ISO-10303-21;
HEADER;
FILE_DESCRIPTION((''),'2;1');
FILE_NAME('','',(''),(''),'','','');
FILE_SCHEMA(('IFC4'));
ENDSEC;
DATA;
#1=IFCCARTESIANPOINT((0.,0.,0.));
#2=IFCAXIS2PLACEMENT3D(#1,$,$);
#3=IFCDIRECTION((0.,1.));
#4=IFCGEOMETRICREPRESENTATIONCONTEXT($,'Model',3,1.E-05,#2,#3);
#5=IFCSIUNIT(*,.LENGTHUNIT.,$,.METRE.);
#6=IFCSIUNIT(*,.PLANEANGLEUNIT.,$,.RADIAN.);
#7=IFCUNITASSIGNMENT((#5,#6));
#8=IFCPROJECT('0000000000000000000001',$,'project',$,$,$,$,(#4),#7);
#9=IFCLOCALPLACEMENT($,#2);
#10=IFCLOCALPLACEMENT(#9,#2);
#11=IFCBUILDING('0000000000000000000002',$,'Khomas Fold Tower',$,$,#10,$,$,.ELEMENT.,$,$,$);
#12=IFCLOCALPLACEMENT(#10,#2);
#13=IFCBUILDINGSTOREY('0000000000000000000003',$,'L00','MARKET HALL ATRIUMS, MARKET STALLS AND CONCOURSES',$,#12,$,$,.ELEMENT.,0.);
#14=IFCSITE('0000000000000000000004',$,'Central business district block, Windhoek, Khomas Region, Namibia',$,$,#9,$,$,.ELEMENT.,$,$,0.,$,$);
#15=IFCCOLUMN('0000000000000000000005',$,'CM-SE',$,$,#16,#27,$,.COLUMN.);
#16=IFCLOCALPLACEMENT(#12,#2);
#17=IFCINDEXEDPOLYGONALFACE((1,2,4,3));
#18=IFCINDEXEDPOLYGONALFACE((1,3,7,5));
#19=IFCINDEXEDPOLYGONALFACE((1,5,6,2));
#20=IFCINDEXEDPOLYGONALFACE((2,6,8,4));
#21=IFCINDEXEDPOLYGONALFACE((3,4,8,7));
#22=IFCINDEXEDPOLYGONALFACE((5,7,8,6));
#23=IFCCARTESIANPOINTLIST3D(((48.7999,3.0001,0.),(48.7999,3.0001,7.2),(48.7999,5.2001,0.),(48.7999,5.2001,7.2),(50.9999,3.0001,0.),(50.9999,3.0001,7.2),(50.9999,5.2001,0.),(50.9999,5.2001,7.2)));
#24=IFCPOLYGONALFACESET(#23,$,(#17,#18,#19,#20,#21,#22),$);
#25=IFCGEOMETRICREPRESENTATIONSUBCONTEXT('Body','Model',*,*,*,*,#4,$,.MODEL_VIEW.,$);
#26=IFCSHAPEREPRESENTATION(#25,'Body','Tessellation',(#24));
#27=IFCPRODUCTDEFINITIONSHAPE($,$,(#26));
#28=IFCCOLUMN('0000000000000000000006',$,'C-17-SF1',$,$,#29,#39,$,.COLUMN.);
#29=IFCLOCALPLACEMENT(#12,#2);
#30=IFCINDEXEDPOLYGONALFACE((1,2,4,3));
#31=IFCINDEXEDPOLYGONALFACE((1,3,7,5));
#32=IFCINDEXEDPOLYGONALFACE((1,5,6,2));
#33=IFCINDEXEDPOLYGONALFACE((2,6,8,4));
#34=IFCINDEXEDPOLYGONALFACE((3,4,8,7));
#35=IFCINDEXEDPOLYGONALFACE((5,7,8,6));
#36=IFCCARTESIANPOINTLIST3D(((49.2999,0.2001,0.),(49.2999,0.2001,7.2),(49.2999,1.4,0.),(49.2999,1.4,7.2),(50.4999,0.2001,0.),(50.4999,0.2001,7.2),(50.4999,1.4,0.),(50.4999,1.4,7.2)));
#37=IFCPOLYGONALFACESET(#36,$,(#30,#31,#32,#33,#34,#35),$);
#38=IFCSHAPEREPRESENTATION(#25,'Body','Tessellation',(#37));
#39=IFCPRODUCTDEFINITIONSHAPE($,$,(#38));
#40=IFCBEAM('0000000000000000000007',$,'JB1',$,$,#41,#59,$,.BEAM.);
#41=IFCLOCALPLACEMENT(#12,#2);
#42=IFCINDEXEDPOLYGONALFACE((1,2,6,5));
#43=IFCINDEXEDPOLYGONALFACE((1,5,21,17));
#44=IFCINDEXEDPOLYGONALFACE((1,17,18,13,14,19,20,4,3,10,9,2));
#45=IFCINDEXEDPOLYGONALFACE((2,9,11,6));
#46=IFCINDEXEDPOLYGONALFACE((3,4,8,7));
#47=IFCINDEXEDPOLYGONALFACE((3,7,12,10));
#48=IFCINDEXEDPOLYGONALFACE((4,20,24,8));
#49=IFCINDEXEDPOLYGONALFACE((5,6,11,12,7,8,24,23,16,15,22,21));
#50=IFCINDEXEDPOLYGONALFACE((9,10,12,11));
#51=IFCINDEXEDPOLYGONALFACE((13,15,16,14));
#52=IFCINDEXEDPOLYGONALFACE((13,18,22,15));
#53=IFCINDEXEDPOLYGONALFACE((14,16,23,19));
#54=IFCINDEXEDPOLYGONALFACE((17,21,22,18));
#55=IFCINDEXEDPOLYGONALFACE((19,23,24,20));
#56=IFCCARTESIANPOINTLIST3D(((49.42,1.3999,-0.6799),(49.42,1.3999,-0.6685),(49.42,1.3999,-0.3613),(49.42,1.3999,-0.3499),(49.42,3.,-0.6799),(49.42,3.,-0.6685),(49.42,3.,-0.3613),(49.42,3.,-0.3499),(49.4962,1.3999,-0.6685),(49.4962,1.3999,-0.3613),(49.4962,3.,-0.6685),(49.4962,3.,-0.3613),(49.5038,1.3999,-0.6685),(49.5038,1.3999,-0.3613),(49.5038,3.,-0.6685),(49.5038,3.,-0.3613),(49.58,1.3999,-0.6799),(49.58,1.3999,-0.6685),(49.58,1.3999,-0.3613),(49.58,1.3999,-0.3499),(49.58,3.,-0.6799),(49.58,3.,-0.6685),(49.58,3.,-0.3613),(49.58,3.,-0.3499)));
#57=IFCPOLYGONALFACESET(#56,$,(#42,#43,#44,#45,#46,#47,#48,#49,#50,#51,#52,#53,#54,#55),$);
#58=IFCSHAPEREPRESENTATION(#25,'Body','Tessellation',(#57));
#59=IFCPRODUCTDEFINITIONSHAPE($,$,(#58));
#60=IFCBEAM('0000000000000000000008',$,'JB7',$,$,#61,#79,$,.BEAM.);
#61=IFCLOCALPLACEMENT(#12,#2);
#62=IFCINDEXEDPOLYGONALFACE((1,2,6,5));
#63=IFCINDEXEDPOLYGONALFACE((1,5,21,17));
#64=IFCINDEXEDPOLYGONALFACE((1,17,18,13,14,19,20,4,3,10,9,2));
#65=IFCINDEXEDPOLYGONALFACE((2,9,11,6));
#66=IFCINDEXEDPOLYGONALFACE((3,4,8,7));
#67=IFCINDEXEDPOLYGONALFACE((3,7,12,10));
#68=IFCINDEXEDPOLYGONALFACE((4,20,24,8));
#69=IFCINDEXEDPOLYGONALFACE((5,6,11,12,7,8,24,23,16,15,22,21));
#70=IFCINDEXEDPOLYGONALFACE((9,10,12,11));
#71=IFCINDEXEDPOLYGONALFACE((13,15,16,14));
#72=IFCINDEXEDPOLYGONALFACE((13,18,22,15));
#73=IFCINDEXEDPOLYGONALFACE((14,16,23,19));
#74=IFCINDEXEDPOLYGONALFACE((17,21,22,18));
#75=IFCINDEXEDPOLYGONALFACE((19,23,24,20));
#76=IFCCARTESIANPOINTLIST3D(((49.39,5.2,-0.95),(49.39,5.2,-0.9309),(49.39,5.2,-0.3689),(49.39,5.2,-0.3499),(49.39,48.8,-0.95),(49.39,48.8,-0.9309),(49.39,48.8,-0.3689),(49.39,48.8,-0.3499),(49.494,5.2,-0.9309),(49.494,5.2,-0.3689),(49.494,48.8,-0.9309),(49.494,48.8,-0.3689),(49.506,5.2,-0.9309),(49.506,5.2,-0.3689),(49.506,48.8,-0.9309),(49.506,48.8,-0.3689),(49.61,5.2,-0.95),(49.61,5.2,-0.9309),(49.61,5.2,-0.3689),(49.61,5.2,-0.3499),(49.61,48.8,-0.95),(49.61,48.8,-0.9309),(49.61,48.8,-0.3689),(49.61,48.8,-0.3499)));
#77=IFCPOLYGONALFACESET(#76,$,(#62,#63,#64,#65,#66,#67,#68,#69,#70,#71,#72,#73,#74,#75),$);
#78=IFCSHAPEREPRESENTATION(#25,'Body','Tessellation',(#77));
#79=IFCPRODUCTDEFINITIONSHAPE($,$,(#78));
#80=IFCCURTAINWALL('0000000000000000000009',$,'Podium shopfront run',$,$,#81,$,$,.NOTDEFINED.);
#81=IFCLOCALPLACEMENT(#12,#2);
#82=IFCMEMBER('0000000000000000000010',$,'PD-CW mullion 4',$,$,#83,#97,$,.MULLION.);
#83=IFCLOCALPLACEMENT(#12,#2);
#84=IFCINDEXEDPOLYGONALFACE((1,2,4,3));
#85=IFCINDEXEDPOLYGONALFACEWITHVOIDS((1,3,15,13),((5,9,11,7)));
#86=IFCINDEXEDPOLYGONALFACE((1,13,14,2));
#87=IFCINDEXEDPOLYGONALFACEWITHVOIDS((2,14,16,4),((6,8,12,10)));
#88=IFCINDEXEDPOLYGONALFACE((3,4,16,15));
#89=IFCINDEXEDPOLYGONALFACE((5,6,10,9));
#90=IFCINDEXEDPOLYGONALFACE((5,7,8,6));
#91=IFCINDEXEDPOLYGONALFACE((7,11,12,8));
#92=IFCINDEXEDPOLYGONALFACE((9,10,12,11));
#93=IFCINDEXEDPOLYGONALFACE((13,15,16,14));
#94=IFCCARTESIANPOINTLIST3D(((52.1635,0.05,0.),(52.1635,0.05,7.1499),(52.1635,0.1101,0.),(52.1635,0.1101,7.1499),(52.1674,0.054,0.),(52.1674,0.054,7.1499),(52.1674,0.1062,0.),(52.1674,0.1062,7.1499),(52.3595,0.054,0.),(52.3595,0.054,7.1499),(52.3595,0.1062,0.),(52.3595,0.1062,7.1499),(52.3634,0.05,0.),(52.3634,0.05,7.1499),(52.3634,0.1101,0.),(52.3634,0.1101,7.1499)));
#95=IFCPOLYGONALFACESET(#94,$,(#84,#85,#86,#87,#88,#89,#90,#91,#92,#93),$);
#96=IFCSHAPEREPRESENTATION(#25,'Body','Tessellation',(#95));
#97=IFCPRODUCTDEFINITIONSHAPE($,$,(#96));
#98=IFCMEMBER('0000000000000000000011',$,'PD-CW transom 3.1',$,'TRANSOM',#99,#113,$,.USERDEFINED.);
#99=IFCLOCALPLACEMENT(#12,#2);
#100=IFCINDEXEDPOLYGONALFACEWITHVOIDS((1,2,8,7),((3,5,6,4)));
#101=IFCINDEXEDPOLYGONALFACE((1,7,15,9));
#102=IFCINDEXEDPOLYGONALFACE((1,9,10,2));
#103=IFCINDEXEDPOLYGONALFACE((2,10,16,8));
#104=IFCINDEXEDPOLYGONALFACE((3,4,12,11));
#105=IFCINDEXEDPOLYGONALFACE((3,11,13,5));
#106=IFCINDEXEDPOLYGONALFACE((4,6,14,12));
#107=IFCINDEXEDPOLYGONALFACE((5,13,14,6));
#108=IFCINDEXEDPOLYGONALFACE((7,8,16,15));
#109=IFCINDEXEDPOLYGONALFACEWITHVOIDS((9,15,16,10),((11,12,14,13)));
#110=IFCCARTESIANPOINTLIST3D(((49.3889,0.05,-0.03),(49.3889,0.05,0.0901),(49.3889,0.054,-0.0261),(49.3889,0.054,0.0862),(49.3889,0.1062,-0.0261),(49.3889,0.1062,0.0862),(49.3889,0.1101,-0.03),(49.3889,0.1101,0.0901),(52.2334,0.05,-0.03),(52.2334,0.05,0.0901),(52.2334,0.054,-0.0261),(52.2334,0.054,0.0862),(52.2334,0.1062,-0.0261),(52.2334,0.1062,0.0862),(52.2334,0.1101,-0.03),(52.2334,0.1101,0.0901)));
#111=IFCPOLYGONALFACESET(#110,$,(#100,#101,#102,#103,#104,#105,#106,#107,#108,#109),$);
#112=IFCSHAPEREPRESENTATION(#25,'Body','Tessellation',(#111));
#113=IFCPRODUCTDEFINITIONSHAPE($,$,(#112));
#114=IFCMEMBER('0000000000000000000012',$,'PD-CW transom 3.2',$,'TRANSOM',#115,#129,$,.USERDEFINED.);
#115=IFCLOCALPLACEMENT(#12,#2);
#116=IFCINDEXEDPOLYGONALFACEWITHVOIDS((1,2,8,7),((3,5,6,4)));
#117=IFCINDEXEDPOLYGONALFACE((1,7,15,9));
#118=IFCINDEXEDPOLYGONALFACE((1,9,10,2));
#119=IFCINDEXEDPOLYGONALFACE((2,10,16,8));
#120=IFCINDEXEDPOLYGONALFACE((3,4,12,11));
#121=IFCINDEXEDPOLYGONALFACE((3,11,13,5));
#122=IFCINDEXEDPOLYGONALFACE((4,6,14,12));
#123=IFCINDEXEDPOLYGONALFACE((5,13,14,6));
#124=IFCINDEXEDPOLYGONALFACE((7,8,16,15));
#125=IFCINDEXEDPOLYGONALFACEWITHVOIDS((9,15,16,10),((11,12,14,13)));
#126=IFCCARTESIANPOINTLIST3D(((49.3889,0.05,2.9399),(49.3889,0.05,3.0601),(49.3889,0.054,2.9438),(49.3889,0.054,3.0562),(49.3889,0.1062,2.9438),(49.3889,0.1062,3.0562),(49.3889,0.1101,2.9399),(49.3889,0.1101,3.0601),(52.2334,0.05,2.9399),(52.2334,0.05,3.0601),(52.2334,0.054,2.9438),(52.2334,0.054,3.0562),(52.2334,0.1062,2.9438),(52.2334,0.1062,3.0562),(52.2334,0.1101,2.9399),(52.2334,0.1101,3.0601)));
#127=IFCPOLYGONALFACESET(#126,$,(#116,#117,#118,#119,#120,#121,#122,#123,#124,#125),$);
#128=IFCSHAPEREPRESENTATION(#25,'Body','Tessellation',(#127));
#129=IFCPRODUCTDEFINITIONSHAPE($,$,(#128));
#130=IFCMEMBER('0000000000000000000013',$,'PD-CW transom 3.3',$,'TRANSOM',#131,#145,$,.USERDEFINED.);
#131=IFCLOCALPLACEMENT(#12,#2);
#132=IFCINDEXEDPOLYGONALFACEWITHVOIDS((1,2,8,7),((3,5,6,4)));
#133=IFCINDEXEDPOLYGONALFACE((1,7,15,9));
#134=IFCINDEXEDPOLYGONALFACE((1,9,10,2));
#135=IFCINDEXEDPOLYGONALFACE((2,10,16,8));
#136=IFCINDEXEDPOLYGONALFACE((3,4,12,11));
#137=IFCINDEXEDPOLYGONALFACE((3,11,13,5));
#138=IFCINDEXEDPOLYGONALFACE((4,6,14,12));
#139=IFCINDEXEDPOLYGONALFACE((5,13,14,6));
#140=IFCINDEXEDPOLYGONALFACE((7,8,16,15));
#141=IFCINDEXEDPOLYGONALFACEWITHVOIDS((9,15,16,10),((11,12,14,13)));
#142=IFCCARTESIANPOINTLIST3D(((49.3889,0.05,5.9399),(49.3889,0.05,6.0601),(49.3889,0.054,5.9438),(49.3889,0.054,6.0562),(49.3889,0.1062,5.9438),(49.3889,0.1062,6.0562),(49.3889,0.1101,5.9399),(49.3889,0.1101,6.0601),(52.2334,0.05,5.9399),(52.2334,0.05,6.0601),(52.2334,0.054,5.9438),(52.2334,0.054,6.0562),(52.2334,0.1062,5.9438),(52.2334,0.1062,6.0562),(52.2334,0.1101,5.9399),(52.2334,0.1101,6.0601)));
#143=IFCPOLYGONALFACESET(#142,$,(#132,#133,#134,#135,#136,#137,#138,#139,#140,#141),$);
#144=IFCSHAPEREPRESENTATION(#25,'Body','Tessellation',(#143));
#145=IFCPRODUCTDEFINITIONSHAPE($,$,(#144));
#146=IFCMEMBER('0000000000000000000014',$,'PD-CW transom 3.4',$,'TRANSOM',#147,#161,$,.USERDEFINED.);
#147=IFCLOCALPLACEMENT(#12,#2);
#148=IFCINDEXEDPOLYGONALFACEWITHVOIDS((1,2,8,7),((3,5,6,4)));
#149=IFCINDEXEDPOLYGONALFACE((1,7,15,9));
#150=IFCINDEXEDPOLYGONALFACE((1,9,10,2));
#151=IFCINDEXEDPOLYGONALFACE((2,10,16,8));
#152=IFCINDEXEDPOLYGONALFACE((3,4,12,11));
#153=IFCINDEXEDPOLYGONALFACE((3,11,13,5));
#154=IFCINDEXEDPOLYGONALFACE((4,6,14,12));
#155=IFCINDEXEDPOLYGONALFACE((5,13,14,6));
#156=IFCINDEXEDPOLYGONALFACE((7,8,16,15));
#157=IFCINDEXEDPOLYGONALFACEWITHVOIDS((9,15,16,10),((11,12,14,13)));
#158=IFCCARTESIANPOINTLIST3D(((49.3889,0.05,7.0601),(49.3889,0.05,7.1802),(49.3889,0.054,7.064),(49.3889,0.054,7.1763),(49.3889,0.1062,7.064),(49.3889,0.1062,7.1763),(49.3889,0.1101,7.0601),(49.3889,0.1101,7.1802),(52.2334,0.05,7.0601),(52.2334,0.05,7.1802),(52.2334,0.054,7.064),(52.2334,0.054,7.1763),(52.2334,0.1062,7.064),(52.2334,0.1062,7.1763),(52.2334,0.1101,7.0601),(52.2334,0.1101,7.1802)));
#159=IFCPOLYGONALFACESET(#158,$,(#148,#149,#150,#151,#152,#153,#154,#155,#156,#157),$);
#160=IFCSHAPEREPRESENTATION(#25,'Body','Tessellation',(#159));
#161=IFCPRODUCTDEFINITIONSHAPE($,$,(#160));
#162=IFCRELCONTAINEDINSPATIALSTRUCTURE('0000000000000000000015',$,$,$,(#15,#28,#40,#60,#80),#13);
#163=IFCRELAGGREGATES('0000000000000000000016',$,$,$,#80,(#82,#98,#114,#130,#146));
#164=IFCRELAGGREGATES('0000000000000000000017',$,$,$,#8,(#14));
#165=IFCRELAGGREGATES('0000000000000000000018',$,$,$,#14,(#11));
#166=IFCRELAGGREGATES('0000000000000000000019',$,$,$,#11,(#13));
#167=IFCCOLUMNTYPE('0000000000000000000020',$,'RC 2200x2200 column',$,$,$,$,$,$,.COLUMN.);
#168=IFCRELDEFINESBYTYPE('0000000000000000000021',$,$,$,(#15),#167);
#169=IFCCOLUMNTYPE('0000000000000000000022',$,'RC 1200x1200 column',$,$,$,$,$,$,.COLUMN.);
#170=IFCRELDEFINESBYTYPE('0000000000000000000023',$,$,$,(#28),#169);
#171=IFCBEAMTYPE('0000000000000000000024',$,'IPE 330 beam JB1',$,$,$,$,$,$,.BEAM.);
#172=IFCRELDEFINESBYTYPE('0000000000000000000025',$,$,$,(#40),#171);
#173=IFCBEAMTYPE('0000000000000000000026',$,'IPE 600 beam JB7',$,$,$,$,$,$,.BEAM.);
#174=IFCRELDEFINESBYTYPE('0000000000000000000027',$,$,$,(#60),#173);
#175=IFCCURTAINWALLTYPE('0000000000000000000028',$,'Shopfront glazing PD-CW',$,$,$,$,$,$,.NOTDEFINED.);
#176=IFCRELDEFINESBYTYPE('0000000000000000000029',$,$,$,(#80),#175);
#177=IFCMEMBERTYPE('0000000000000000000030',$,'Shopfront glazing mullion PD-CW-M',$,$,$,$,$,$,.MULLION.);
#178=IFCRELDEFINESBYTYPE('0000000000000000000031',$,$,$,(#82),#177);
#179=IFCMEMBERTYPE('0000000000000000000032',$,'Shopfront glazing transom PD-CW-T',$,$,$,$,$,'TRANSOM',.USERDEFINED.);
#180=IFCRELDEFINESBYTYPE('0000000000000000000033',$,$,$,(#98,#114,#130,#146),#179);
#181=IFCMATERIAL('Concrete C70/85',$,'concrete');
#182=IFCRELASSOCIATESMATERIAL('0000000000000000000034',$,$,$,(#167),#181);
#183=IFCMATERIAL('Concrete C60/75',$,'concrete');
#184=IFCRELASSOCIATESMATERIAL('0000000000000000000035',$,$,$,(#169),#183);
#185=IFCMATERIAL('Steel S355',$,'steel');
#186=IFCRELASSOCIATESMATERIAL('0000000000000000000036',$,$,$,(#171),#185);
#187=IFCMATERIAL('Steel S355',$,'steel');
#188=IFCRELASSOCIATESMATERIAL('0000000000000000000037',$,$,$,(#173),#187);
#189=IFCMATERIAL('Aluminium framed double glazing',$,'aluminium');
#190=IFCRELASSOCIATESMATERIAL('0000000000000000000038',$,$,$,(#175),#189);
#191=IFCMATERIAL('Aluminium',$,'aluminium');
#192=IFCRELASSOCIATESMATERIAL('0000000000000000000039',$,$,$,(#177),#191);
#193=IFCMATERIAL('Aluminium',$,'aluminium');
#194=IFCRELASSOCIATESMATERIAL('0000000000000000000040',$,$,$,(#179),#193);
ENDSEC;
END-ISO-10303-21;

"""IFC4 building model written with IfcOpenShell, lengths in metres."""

from ifc_helpers import new_model, si_unit, direction, frame, origin, origin_2d, place, context, subcontext, project, spatial, rectangle, hollow_rectangle, i_section, extrude, source, transform, mapped, material, material_profile, profile_set, type_object, element, aggregate, save


model = new_model("IFC4")

# Units and contexts
model_context = context("Model", 3, precision=1e-05, world=origin(), true_north=direction((0.0, 1.0)))
body_context = subcontext(model_context, "Body", "Model", "MODEL_VIEW")
ifc_project = project(units=[si_unit("LENGTHUNIT", "METRE"), si_unit("PLANEANGLEUNIT", "RADIAN")], contexts=[model_context])

# Site, building, storey
site_placement = place(None, origin())
site = spatial("IfcSite", under=ifc_project, at=site_placement, Name="Central business district block, Windhoek, Khomas Region, Namibia", CompositionType="ELEMENT", RefElevation=0.0)
building_placement = place(site_placement, origin())
building = spatial("IfcBuilding", under=site, at=building_placement, Name="Khomas Fold Tower", CompositionType="ELEMENT")
storey_placement = place(building_placement, origin())
storey = spatial("IfcBuildingStorey", under=building, at=storey_placement, Name="L00", Description="MARKET HALL ATRIUMS, MARKET STALLS AND CONCOURSES", CompositionType="ELEMENT", Elevation=0.0)

# Columns
ifc_material_1 = material(Name="Concrete C70/85", Category="concrete")
ifc_material_profile_1 = material_profile(ifc_material_1, rectangle(XDim=2.2, YDim=2.2, at=origin_2d()), Name="RC 2200x2200")
ifc_profile_set_1 = profile_set([ifc_material_profile_1], Name="Concrete C70/85")
column_type_1 = type_object("IfcColumnType", Name="RC 2200x2200 column", PredefinedType="COLUMN", material=ifc_profile_set_1)
shared_shape_1 = source(origin(), body_context, "Body", "SweptSolid", [
    extrude(rectangle(XDim=2.2, YDim=2.2, at=origin_2d()), origin(), (0.0, 0.0, 1.0), 7.2),
])
column_1_placement = place(storey_placement, frame((49.8999, 4.1001, 0.0), z_axis=(0.0, 0.0, 1.0), x_axis=(1.0, 0.0, 0.0)))
element("IfcColumn", 1, at=column_1_placement, inside=storey, type_object=column_type_1, Name="CM-SE", PredefinedType="COLUMN", context=body_context, shape_type="MappedRepresentation", body=[
    mapped(shared_shape_1, transform((0.0, 0.0, 0.0))),
])
ifc_material_2 = material(Name="Concrete C60/75", Category="concrete")
ifc_material_profile_2 = material_profile(ifc_material_2, rectangle(XDim=1.2, YDim=1.2, at=origin_2d()), Name="RC 1200x1200")
ifc_profile_set_2 = profile_set([ifc_material_profile_2], Name="Concrete C60/75")
column_type_2 = type_object("IfcColumnType", Name="RC 1200x1200 column", PredefinedType="COLUMN", material=ifc_profile_set_2)
shared_shape_2 = source(origin(), body_context, "Body", "SweptSolid", [
    extrude(rectangle(XDim=1.2, YDim=1.2, at=origin_2d()), origin(), (0.0, 0.0, 1.0), 7.2),
])
column_2_placement = place(storey_placement, frame((49.8999, 0.8, 0.0), z_axis=(0.0, 0.0, 1.0), x_axis=(1.0, 0.0, 0.0)))
element("IfcColumn", 2, at=column_2_placement, inside=storey, type_object=column_type_2, Name="C-17-SF1", PredefinedType="COLUMN", context=body_context, shape_type="MappedRepresentation", body=[
    mapped(shared_shape_2, transform((0.0, 0.0, 0.0))),
])

# Beams
ifc_material_3 = material(Name="Steel S355", Category="steel")
ifc_material_profile_3 = material_profile(ifc_material_3, i_section(OverallWidth=0.1599, OverallDepth=0.3301, WebThickness=0.0076, FlangeThickness=0.0115, at=origin_2d()), Name="IPE 330")
ifc_profile_set_3 = profile_set([ifc_material_profile_3], Name="Steel S355")
beam_type_1 = type_object("IfcBeamType", Name="IPE 330 beam JB1", PredefinedType="BEAM", material=ifc_profile_set_3)
shared_shape_3 = source(origin(), body_context, "Body", "SweptSolid", [
    extrude(i_section(OverallWidth=0.1599, OverallDepth=0.3301, WebThickness=0.0076, FlangeThickness=0.0115, at=origin_2d()), origin(), (0.0, 0.0, 1.0), 1.6001),
])
beam_1_placement = place(storey_placement, frame((49.5, 1.3999, -0.5149), z_axis=(0.0, 1.0, 0.0), x_axis=(-1.0, 0.0, 0.0)))
element("IfcBeam", 3, at=beam_1_placement, inside=storey, type_object=beam_type_1, Name="JB1", PredefinedType="BEAM", context=body_context, shape_type="MappedRepresentation", body=[
    mapped(shared_shape_3, transform((0.0, 0.0, 0.0))),
])
ifc_material_4 = material(Name="Steel S355", Category="steel")
ifc_material_profile_4 = material_profile(ifc_material_4, i_section(OverallWidth=0.22, OverallDepth=0.6001, WebThickness=0.012, FlangeThickness=0.019, at=origin_2d()), Name="IPE 600")
ifc_profile_set_4 = profile_set([ifc_material_profile_4], Name="Steel S355")
beam_type_2 = type_object("IfcBeamType", Name="IPE 600 beam JB7", PredefinedType="BEAM", material=ifc_profile_set_4)
shared_shape_4 = source(origin(), body_context, "Body", "SweptSolid", [
    extrude(i_section(OverallWidth=0.22, OverallDepth=0.6001, WebThickness=0.012, FlangeThickness=0.019, at=origin_2d()), origin(), (0.0, 0.0, 1.0), 43.6001),
])
beam_2_placement = place(storey_placement, frame((49.5, 5.2, -0.6499), z_axis=(0.0, 1.0, 0.0), x_axis=(-1.0, 0.0, 0.0)))
element("IfcBeam", 4, at=beam_2_placement, inside=storey, type_object=beam_type_2, Name="JB7", PredefinedType="BEAM", context=body_context, shape_type="MappedRepresentation", body=[
    mapped(shared_shape_4, transform((0.0, 0.0, 0.0))),
])

# Curtain wall, members
ifc_material_5 = material(Name="Aluminium framed double glazing", Category="aluminium")
curtain_wall_type = type_object("IfcCurtainWallType", Name="Shopfront glazing PD-CW", PredefinedType="NOTDEFINED", material=ifc_material_5)
curtain_wall_placement = place(storey_placement, origin())
curtain_wall = element("IfcCurtainWall", 5, at=curtain_wall_placement, inside=storey, type_object=curtain_wall_type, Name="Podium shopfront run", PredefinedType="NOTDEFINED")
ifc_material_6 = material(Name="Aluminium", Category="aluminium")
ifc_material_profile_5 = material_profile(ifc_material_6, hollow_rectangle(XDim=0.0601, YDim=0.2, WallThickness=0.0039, at=origin_2d()), Name="Shopfront glazing mullion PD-CW-M")
ifc_profile_set_5 = profile_set([ifc_material_profile_5], Name="Aluminium")
member_type_1 = type_object("IfcMemberType", Name="Shopfront glazing mullion PD-CW-M", PredefinedType="MULLION", material=ifc_profile_set_5)
shared_shape_5 = source(origin(), body_context, "Body", "SweptSolid", [
    extrude(hollow_rectangle(XDim=0.0601, YDim=0.2, WallThickness=0.0039, at=origin_2d()), origin(), (0.0, 0.0, 1.0), 7.1499),
])
member_1_placement = place(storey_placement, frame((52.2634, 0.0801, 0.0), z_axis=(0.0, 0.0, 1.0), x_axis=(0.0, 1.0, 0.0)))
member_1 = element("IfcMember", 6, at=member_1_placement, type_object=member_type_1, Name="PD-CW mullion 4", PredefinedType="MULLION", context=body_context, shape_type="MappedRepresentation", body=[
    mapped(shared_shape_5, transform((0.0, 0.0, 0.0))),
])
ifc_material_7 = material(Name="Aluminium", Category="aluminium")
ifc_material_profile_6 = material_profile(ifc_material_7, hollow_rectangle(XDim=0.0601, YDim=0.1201, WallThickness=0.0039, at=origin_2d()), Name="Shopfront glazing transom PD-CW-T")
ifc_profile_set_6 = profile_set([ifc_material_profile_6], Name="Aluminium")
member_type_2 = type_object("IfcMemberType", Name="Shopfront glazing transom PD-CW-T", ElementType="TRANSOM", PredefinedType="USERDEFINED", material=ifc_profile_set_6)
shared_shape_6 = source(origin(), body_context, "Body", "SweptSolid", [
    extrude(hollow_rectangle(XDim=0.0601, YDim=0.1201, WallThickness=0.0039, at=origin_2d()), origin(), (0.0, 0.0, 1.0), 2.8445),
])
member_2_placement = place(storey_placement, frame((49.3889, 0.0801, 0.03), z_axis=(1.0, 0.0, 0.0), x_axis=(0.0, 1.0, 0.0)))
member_2 = element("IfcMember", 7, at=member_2_placement, type_object=member_type_2, Name="PD-CW transom 3.1", ObjectType="TRANSOM", PredefinedType="USERDEFINED", context=body_context, shape_type="MappedRepresentation", body=[
    mapped(shared_shape_6, transform((0.0, 0.0, 0.0))),
])
member_3_placement = place(storey_placement, frame((49.3889, 0.0801, 3.0), z_axis=(1.0, 0.0, 0.0), x_axis=(0.0, 1.0, 0.0)))
member_3 = element("IfcMember", 8, at=member_3_placement, type_object=member_type_2, Name="PD-CW transom 3.2", ObjectType="TRANSOM", PredefinedType="USERDEFINED", context=body_context, shape_type="MappedRepresentation", body=[
    mapped(shared_shape_6, transform((0.0, 0.0, 0.0))),
])
member_4_placement = place(storey_placement, frame((49.3889, 0.0801, 6.0), z_axis=(1.0, 0.0, 0.0), x_axis=(0.0, 1.0, 0.0)))
member_4 = element("IfcMember", 9, at=member_4_placement, type_object=member_type_2, Name="PD-CW transom 3.3", ObjectType="TRANSOM", PredefinedType="USERDEFINED", context=body_context, shape_type="MappedRepresentation", body=[
    mapped(shared_shape_6, transform((0.0, 0.0, 0.0))),
])
member_5_placement = place(storey_placement, frame((49.3889, 0.0801, 7.1201), z_axis=(1.0, 0.0, 0.0), x_axis=(0.0, 1.0, 0.0)))
member_5 = element("IfcMember", 10, at=member_5_placement, type_object=member_type_2, Name="PD-CW transom 3.4", ObjectType="TRANSOM", PredefinedType="USERDEFINED", context=body_context, shape_type="MappedRepresentation", body=[
    mapped(shared_shape_6, transform((0.0, 0.0, 0.0))),
])
aggregate(curtain_wall, [member_1, member_2, member_3, member_4, member_5])

save(model, "model.ifc")
